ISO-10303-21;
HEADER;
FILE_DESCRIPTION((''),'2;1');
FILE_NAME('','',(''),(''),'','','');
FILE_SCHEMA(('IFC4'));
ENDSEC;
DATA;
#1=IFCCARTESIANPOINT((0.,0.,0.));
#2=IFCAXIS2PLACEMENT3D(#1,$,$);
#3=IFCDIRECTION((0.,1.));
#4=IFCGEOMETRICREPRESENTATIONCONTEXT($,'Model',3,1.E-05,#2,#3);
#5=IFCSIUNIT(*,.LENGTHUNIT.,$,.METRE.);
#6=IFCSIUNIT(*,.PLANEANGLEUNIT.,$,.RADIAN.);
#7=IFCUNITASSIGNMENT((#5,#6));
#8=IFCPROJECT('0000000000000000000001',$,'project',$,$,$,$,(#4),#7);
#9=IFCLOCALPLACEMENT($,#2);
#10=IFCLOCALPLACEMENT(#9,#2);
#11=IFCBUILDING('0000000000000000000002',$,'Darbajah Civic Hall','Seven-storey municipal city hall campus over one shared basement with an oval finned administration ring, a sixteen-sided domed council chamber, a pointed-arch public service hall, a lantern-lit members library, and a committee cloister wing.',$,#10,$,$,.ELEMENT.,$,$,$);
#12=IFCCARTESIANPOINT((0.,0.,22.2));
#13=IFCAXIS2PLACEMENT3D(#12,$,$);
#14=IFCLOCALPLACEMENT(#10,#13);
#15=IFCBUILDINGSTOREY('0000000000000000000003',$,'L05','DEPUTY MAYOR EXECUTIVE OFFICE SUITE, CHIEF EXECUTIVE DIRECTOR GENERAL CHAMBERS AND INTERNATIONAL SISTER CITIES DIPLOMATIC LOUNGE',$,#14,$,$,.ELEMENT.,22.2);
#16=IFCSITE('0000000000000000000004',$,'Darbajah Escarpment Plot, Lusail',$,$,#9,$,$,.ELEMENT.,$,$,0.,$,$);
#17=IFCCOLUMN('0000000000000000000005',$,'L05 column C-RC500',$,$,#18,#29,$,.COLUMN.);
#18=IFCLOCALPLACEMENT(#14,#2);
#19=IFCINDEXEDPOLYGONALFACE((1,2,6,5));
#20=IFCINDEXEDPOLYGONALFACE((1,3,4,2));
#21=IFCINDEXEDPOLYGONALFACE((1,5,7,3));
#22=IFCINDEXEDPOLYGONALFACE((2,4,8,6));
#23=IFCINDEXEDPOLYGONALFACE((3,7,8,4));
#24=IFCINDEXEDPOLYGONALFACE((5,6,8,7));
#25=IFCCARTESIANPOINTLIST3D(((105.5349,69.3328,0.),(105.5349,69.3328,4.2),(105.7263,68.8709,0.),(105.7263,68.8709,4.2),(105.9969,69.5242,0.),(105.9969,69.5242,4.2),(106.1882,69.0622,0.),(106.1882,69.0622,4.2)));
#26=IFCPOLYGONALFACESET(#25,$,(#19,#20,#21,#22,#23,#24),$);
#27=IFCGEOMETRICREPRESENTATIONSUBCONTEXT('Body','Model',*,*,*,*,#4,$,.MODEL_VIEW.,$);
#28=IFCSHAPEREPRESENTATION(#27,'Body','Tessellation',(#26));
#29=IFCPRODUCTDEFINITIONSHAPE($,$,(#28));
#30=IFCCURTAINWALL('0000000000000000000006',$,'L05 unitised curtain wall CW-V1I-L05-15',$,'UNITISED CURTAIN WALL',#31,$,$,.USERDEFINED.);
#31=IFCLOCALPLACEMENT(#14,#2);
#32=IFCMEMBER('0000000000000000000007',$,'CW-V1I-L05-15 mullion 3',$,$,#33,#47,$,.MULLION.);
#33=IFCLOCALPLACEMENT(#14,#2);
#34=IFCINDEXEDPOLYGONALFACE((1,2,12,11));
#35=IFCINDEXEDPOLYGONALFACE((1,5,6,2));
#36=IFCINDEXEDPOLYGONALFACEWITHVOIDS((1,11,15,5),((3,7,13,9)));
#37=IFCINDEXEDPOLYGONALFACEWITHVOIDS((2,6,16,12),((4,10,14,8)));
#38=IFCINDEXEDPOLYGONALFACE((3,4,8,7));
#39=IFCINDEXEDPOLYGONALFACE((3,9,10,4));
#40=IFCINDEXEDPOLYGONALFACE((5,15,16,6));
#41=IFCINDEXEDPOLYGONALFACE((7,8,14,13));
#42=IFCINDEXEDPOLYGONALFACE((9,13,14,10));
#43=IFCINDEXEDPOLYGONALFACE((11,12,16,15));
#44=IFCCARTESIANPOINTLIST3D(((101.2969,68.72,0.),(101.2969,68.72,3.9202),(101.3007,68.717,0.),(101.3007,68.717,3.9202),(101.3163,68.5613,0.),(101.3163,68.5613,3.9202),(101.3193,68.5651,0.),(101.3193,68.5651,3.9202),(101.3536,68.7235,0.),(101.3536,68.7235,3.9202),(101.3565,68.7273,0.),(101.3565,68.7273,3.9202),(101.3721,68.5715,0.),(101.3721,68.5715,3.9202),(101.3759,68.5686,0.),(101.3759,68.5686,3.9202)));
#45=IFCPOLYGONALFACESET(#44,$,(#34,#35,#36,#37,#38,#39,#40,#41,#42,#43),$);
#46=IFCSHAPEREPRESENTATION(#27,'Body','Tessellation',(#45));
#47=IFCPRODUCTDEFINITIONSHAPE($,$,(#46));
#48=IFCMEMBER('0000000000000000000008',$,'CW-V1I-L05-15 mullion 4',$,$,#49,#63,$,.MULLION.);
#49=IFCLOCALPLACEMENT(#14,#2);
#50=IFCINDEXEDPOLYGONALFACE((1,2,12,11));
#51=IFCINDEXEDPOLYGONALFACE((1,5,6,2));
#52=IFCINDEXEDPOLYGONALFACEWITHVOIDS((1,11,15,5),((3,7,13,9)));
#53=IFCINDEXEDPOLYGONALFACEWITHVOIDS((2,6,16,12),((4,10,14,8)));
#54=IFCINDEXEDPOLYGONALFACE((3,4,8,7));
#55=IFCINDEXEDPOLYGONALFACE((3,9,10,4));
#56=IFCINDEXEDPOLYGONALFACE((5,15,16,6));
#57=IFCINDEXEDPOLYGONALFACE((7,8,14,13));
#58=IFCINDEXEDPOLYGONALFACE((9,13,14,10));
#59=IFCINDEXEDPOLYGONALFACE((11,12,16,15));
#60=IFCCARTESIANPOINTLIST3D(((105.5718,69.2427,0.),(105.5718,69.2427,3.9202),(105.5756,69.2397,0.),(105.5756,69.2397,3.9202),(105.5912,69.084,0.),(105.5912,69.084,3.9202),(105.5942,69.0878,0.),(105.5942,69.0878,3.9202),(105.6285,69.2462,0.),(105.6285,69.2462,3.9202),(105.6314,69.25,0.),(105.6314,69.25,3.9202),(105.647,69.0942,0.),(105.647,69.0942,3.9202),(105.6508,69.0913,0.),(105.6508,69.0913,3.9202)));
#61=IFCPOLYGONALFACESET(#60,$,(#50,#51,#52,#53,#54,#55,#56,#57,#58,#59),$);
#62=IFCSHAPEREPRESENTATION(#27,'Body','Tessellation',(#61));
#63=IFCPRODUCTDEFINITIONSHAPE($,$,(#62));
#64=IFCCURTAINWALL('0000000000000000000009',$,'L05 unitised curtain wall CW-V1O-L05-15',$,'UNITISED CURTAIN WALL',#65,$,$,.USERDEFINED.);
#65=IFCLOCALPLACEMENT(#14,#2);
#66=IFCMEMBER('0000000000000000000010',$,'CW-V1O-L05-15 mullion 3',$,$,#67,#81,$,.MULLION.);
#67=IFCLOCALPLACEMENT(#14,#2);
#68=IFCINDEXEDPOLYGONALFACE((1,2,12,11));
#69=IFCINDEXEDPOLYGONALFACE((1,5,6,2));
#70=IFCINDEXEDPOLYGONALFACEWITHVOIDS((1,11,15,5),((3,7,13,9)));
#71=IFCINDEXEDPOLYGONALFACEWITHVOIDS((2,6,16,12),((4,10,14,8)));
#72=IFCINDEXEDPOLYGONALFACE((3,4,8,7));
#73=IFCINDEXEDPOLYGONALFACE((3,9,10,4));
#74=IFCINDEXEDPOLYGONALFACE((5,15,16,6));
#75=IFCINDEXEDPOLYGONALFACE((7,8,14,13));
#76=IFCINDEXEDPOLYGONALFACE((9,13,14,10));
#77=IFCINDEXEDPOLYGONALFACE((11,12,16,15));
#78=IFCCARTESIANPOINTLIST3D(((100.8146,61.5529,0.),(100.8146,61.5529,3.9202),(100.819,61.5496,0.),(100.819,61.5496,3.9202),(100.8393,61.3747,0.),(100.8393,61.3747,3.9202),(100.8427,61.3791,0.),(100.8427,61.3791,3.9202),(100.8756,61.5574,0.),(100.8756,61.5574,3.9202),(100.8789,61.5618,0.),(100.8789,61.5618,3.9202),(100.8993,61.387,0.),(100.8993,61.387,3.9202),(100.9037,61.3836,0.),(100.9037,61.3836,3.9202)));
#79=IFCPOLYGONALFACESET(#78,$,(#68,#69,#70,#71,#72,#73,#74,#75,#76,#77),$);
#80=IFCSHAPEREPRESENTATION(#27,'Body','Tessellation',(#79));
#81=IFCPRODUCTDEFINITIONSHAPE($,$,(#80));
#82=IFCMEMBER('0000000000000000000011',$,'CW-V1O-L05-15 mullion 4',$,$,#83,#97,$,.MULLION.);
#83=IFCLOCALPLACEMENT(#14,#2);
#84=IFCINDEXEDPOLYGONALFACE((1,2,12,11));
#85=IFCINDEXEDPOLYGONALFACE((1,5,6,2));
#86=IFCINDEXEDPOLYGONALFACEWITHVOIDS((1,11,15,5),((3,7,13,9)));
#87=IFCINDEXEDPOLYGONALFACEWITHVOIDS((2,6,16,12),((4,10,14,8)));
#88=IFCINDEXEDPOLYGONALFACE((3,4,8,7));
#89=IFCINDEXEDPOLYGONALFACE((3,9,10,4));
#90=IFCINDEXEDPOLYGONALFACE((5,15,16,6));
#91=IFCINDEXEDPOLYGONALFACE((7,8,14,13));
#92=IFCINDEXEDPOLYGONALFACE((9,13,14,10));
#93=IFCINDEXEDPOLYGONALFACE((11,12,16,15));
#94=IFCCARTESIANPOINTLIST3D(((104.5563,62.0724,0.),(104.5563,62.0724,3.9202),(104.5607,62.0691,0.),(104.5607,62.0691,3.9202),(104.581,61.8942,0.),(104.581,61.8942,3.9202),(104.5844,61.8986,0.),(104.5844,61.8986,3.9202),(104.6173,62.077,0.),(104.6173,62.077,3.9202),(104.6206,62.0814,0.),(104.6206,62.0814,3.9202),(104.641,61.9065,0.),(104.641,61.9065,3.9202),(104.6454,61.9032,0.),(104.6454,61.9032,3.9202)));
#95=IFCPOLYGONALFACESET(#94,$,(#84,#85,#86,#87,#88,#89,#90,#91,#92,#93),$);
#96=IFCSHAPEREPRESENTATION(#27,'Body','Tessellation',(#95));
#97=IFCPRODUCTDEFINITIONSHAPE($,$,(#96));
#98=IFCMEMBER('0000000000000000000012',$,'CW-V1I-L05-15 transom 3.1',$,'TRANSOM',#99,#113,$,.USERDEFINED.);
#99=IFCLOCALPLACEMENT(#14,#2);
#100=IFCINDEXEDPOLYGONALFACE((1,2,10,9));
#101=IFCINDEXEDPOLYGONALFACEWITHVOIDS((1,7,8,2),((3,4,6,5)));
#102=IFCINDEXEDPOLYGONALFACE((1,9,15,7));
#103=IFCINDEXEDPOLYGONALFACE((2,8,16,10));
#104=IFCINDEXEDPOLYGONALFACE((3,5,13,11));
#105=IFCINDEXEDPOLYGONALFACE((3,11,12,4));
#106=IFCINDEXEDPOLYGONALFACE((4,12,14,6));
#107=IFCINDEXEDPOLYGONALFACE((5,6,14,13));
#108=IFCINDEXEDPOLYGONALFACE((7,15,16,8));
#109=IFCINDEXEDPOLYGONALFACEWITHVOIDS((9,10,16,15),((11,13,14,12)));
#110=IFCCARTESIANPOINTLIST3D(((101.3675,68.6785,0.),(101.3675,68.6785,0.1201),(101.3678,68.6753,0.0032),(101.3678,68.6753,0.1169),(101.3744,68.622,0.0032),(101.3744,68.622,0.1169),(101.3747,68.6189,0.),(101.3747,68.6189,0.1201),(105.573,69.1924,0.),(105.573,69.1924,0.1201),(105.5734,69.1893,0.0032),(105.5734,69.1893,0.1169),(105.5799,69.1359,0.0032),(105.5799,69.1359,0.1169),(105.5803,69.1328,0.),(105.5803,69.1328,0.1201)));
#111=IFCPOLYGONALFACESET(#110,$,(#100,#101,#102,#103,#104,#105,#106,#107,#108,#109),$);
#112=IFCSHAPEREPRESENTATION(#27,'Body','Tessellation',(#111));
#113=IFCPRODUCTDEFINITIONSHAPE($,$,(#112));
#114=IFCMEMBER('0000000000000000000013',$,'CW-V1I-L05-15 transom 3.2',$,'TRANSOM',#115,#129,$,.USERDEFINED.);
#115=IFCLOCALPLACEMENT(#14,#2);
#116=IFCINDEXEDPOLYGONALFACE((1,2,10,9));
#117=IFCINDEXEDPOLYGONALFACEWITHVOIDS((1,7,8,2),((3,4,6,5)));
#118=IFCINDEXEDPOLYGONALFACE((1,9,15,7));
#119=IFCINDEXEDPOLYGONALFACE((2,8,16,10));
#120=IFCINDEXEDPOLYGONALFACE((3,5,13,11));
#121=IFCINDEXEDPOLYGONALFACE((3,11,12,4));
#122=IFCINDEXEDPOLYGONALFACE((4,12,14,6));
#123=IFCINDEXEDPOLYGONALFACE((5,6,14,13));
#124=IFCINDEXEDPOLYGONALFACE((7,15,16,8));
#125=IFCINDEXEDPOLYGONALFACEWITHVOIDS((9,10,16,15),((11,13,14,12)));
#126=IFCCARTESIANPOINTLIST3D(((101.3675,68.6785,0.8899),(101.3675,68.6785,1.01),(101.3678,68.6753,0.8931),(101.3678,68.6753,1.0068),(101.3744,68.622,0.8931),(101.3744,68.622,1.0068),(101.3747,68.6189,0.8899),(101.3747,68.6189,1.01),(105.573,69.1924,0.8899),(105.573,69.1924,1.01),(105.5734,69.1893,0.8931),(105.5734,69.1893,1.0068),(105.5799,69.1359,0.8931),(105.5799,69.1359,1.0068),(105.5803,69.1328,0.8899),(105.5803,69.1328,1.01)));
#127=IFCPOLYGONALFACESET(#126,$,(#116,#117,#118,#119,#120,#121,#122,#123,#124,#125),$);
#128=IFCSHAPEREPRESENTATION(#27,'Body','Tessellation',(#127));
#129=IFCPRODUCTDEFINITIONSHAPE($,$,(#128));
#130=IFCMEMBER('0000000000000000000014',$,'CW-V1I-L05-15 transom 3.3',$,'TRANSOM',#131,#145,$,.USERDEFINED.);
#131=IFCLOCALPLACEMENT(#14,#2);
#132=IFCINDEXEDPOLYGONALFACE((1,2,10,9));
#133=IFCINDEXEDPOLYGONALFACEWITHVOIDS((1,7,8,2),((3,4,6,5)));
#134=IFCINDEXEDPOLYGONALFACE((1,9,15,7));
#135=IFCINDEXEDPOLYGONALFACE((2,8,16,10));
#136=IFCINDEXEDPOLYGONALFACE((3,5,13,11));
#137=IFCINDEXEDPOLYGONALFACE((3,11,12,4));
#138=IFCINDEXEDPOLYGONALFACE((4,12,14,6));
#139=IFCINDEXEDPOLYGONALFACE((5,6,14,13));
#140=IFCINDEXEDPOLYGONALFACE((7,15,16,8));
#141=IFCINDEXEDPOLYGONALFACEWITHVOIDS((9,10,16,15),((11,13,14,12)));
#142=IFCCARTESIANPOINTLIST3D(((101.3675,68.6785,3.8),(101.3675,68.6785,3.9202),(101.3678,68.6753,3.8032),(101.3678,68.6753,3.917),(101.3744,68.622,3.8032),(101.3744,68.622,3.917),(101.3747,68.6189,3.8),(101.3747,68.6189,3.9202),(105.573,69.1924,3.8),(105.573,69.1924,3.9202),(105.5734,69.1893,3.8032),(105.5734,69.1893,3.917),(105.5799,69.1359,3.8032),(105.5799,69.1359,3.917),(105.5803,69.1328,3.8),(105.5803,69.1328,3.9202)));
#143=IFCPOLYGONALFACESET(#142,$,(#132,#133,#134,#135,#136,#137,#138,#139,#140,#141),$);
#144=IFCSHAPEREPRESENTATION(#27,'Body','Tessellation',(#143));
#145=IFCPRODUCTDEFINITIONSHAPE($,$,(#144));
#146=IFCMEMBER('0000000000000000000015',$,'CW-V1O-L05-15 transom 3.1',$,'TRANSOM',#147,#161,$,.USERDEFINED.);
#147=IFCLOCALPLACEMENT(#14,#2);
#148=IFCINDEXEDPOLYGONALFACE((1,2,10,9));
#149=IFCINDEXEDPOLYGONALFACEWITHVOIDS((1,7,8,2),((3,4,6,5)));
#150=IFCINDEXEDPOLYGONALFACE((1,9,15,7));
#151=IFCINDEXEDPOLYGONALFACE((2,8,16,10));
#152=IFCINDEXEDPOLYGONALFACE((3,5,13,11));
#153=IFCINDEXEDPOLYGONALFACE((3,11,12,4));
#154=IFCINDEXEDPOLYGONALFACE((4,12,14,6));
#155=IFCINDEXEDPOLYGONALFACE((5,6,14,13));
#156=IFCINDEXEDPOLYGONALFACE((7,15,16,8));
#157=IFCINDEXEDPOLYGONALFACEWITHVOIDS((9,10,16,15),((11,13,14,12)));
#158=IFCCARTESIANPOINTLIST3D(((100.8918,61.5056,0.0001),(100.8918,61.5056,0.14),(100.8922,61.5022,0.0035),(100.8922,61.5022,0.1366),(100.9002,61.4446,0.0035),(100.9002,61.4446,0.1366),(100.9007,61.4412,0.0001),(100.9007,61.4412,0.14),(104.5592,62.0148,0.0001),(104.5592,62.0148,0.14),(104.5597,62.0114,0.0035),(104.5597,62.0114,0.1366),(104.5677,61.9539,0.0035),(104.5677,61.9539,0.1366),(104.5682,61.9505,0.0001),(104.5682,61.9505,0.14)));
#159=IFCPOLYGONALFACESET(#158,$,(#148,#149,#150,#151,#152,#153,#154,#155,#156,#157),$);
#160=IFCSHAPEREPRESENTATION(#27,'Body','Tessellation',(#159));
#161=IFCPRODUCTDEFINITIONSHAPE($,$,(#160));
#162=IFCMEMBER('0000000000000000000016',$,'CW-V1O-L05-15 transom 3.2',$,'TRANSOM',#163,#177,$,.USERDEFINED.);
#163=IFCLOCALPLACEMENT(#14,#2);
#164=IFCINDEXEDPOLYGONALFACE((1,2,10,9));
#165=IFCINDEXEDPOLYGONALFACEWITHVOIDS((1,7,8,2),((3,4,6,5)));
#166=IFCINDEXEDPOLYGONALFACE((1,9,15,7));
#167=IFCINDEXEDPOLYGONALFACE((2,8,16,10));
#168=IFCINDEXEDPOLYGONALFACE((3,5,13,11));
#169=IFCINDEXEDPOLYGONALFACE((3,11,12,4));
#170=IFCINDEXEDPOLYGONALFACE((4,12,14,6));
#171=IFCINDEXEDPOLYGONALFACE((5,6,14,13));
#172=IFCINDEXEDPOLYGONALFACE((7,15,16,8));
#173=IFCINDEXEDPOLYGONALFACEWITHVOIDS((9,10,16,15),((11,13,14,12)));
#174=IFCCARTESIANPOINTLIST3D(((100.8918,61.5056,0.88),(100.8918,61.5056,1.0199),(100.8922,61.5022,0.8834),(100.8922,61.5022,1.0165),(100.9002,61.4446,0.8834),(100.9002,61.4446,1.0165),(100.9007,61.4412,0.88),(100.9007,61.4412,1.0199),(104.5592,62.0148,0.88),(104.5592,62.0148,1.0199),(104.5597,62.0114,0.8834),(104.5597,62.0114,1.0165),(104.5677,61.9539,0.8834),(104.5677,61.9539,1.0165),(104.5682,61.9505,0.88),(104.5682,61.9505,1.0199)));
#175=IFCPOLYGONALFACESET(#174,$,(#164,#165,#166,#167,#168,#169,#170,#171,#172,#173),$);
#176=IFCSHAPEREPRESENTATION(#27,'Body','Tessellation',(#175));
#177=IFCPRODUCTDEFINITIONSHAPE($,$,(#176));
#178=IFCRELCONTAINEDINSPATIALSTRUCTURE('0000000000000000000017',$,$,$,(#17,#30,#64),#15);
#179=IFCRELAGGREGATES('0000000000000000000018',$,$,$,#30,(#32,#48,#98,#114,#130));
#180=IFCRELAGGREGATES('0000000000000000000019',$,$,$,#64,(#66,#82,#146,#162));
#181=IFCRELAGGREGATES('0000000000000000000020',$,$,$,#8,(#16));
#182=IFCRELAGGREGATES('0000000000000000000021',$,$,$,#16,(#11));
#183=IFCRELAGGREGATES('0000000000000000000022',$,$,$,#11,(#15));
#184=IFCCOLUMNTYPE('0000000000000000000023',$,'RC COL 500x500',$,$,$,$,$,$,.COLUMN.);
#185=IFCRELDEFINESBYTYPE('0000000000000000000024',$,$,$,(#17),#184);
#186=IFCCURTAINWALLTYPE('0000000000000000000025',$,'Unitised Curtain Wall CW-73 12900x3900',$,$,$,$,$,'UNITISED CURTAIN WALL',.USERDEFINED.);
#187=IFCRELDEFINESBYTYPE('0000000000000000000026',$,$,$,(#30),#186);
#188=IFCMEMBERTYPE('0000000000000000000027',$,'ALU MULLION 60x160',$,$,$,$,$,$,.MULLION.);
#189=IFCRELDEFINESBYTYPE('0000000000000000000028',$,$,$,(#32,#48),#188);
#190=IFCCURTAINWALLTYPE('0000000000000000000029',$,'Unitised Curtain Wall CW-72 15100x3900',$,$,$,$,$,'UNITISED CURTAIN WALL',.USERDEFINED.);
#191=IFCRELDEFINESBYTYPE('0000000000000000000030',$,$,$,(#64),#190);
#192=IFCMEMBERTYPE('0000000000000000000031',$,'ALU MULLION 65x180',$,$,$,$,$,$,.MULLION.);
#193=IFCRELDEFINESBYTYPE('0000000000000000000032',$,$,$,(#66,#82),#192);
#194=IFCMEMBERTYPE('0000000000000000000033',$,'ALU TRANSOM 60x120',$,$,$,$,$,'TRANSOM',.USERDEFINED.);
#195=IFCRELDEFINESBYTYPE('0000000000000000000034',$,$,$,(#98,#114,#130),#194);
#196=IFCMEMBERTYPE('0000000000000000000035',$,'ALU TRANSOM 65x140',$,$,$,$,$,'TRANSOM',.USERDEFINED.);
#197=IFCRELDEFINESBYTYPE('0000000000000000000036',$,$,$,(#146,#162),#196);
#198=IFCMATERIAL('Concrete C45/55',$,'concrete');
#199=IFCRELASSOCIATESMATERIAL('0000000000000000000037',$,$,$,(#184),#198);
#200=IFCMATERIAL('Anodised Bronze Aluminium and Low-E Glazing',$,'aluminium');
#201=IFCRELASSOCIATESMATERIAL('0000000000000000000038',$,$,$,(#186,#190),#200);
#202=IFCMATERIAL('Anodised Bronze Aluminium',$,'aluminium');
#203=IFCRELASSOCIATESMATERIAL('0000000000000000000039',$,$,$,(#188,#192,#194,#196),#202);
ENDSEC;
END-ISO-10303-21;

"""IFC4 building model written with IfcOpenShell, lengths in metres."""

from ifc_helpers import new_model, si_unit, direction, frame, origin, origin_2d, place, context, subcontext, project, spatial, rectangle, hollow_rectangle, extrude, material, material_profile, profile_set, type_object, element, aggregate, save


model = new_model("IFC4")

# Units and contexts
model_context = context("Model", 3, precision=1e-05, world=origin(), true_north=direction((0.0, 1.0)))
body_context = subcontext(model_context, "Body", "Model", "MODEL_VIEW")
ifc_project = project(units=[si_unit("LENGTHUNIT", "METRE"), si_unit("PLANEANGLEUNIT", "RADIAN")], contexts=[model_context])

# Site, building, storey
site_placement = place(None, origin())
site = spatial("IfcSite", under=ifc_project, at=site_placement, Name="Darbajah Escarpment Plot, Lusail", CompositionType="ELEMENT", RefElevation=0.0)
building_placement = place(site_placement, origin())
building = spatial("IfcBuilding", under=site, at=building_placement, Name="Darbajah Civic Hall", Description="Seven-storey municipal city hall campus over one shared basement with an oval finned administration ring, a sixteen-sided domed council chamber, a pointed-arch public service hall, a lantern-lit members library, and a committee cloister wing.", CompositionType="ELEMENT")
storey_placement = place(building_placement, frame((0.0, 0.0, 22.2)))
storey = spatial("IfcBuildingStorey", under=building, at=storey_placement, Name="L05", Description="DEPUTY MAYOR EXECUTIVE OFFICE SUITE, CHIEF EXECUTIVE DIRECTOR GENERAL CHAMBERS AND INTERNATIONAL SISTER CITIES DIPLOMATIC LOUNGE", CompositionType="ELEMENT", Elevation=22.2)

# Column
ifc_material_1 = material(Name="Concrete C45/55", Category="concrete")
ifc_material_profile_1 = material_profile(ifc_material_1, rectangle(XDim=0.5, YDim=0.5, at=origin_2d()), Name="RC COL 500x500")
ifc_profile_set_1 = profile_set([ifc_material_profile_1], Name="Concrete C45/55")
column_type = type_object("IfcColumnType", Name="RC COL 500x500", PredefinedType="COLUMN", material=ifc_profile_set_1)
column_placement = place(storey_placement, frame((105.8616, 69.1975, 0.0), z_axis=(0.0, 0.0, 1.0), x_axis=(0.382683, -0.92388, 0.0)))
element("IfcColumn", 1, at=column_placement, inside=storey, type_object=column_type, Name="L05 column C-RC500", PredefinedType="COLUMN", context=body_context, shape_type="SweptSolid", body=[
    extrude(rectangle(XDim=0.5, YDim=0.5, at=origin_2d()), origin(), (0.0, 0.0, 1.0), 4.2),
])

# Curtain walls, members
ifc_material_2 = material(Name="Anodised Bronze Aluminium and Low-E Glazing", Category="aluminium")
curtain_wall_type_1 = type_object("IfcCurtainWallType", Name="Unitised Curtain Wall CW-73 12900x3900", ElementType="UNITISED CURTAIN WALL", PredefinedType="USERDEFINED", material=ifc_material_2)
curtain_wall_1_placement = place(storey_placement, origin())
curtain_wall_1 = element("IfcCurtainWall", 2, at=curtain_wall_1_placement, inside=storey, type_object=curtain_wall_type_1, Name="L05 unitised curtain wall CW-V1I-L05-15", ObjectType="UNITISED CURTAIN WALL", PredefinedType="USERDEFINED")
ifc_material_3 = material(Name="Anodised Bronze Aluminium", Category="aluminium")
ifc_material_profile_2 = material_profile(ifc_material_3, hollow_rectangle(XDim=0.0601, YDim=0.1599, WallThickness=0.0034, at=origin_2d()), Name="ALU MULLION 60x160")
ifc_profile_set_2 = profile_set([ifc_material_profile_2], Name="Anodised Bronze Aluminium")
member_type_1 = type_object("IfcMemberType", Name="ALU MULLION 60x160", PredefinedType="MULLION", material=ifc_profile_set_2)
member_1_placement = place(storey_placement, frame((101.3364, 68.6443, 0.0), z_axis=(0.0, 0.0, 1.0), x_axis=(0.99261, 0.12135, 0.0)))
member_1 = element("IfcMember", 3, at=member_1_placement, type_object=member_type_1, Name="CW-V1I-L05-15 mullion 3", PredefinedType="MULLION", context=body_context, shape_type="SweptSolid", body=[
    extrude(hollow_rectangle(XDim=0.0601, YDim=0.1599, WallThickness=0.0034, at=origin_2d()), origin(), (0.0, 0.0, 1.0), 3.9202),
])
member_2_placement = place(storey_placement, frame((105.6113, 69.167, 0.0), z_axis=(0.0, 0.0, 1.0), x_axis=(0.99261, 0.12135, 0.0)))
member_2 = element("IfcMember", 4, at=member_2_placement, type_object=member_type_1, Name="CW-V1I-L05-15 mullion 4", PredefinedType="MULLION", context=body_context, shape_type="SweptSolid", body=[
    extrude(hollow_rectangle(XDim=0.0601, YDim=0.1599, WallThickness=0.0034, at=origin_2d()), origin(), (0.0, 0.0, 1.0), 3.9202),
])
curtain_wall_type_2 = type_object("IfcCurtainWallType", Name="Unitised Curtain Wall CW-72 15100x3900", ElementType="UNITISED CURTAIN WALL", PredefinedType="USERDEFINED", material=ifc_material_2)
curtain_wall_2_placement = place(storey_placement, origin())
curtain_wall_2 = element("IfcCurtainWall", 5, at=curtain_wall_2_placement, inside=storey, type_object=curtain_wall_type_2, Name="L05 unitised curtain wall CW-V1O-L05-15", ObjectType="UNITISED CURTAIN WALL", PredefinedType="USERDEFINED")
ifc_material_profile_3 = material_profile(ifc_material_3, hollow_rectangle(XDim=0.0649, YDim=0.1799, WallThickness=0.0039, at=origin_2d()), Name="ALU MULLION 65x180")
ifc_profile_set_3 = profile_set([ifc_material_profile_3], Name="Anodised Bronze Aluminium")
member_type_2 = type_object("IfcMemberType", Name="ALU MULLION 65x180", PredefinedType="MULLION", material=ifc_profile_set_3)
member_3_placement = place(storey_placement, frame((100.8591, 61.4683, 0.0), z_axis=(0.0, 0.0, 1.0), x_axis=(0.990485, 0.137617, 0.0)))
member_3 = element("IfcMember", 6, at=member_3_placement, type_object=member_type_2, Name="CW-V1O-L05-15 mullion 3", PredefinedType="MULLION", context=body_context, shape_type="SweptSolid", body=[
    extrude(hollow_rectangle(XDim=0.0649, YDim=0.1799, WallThickness=0.0039, at=origin_2d()), origin(), (0.0, 0.0, 1.0), 3.9202),
])
member_4_placement = place(storey_placement, frame((104.6008, 61.9878, 0.0), z_axis=(0.0, 0.0, 1.0), x_axis=(0.990485, 0.137617, 0.0)))
member_4 = element("IfcMember", 7, at=member_4_placement, type_object=member_type_2, Name="CW-V1O-L05-15 mullion 4", PredefinedType="MULLION", context=body_context, shape_type="SweptSolid", body=[
    extrude(hollow_rectangle(XDim=0.0649, YDim=0.1799, WallThickness=0.0039, at=origin_2d()), origin(), (0.0, 0.0, 1.0), 3.9202),
])

# Members
ifc_material_profile_4 = material_profile(ifc_material_3, hollow_rectangle(XDim=0.0601, YDim=0.1201, WallThickness=0.0032, at=origin_2d()), Name="ALU TRANSOM 60x120")
ifc_profile_set_4 = profile_set([ifc_material_profile_4], Name="Anodised Bronze Aluminium")
member_type_3 = type_object("IfcMemberType", Name="ALU TRANSOM 60x120", ElementType="TRANSOM", PredefinedType="USERDEFINED", material=ifc_profile_set_4)
member_5_placement = place(storey_placement, frame((101.3711, 68.6487, 0.0601), z_axis=(0.992616, 0.121297, 0.0), x_axis=(-0.121297, 0.992616, 0.0)))
member_5 = element("IfcMember", 8, at=member_5_placement, type_object=member_type_3, Name="CW-V1I-L05-15 transom 3.1", ObjectType="TRANSOM", PredefinedType="USERDEFINED", context=body_context, shape_type="SweptSolid", body=[
    extrude(hollow_rectangle(XDim=0.0601, YDim=0.1201, WallThickness=0.0032, at=origin_2d()), origin(), (0.0, 0.0, 1.0), 4.2368),
])
member_6_placement = place(storey_placement, frame((101.3711, 68.6487, 0.95), z_axis=(0.992616, 0.121297, 0.0), x_axis=(-0.121297, 0.992616, 0.0)))
member_6 = element("IfcMember", 9, at=member_6_placement, type_object=member_type_3, Name="CW-V1I-L05-15 transom 3.2", ObjectType="TRANSOM", PredefinedType="USERDEFINED", context=body_context, shape_type="SweptSolid", body=[
    extrude(hollow_rectangle(XDim=0.0601, YDim=0.1201, WallThickness=0.0032, at=origin_2d()), origin(), (0.0, 0.0, 1.0), 4.2368),
])
member_7_placement = place(storey_placement, frame((101.3711, 68.6487, 3.8601), z_axis=(0.992616, 0.121297, 0.0), x_axis=(-0.121297, 0.992616, 0.0)))
member_7 = element("IfcMember", 10, at=member_7_placement, type_object=member_type_3, Name="CW-V1I-L05-15 transom 3.3", ObjectType="TRANSOM", PredefinedType="USERDEFINED", context=body_context, shape_type="SweptSolid", body=[
    extrude(hollow_rectangle(XDim=0.0601, YDim=0.1201, WallThickness=0.0032, at=origin_2d()), origin(), (0.0, 0.0, 1.0), 4.2368),
])
ifc_material_profile_5 = material_profile(ifc_material_3, hollow_rectangle(XDim=0.0649, YDim=0.1399, WallThickness=0.0034, at=origin_2d()), Name="ALU TRANSOM 65x140")
ifc_profile_set_5 = profile_set([ifc_material_profile_5], Name="Anodised Bronze Aluminium")
member_type_4 = type_object("IfcMemberType", Name="ALU TRANSOM 65x140", ElementType="TRANSOM", PredefinedType="USERDEFINED", material=ifc_profile_set_5)
member_8_placement = place(storey_placement, frame((100.8962, 61.4734, 0.0701), z_axis=(0.990496, 0.137543, 0.0), x_axis=(-0.137543, 0.990496, 0.0)))
member_8 = element("IfcMember", 11, at=member_8_placement, type_object=member_type_4, Name="CW-V1O-L05-15 transom 3.1", ObjectType="TRANSOM", PredefinedType="USERDEFINED", context=body_context, shape_type="SweptSolid", body=[
    extrude(hollow_rectangle(XDim=0.0649, YDim=0.1399, WallThickness=0.0034, at=origin_2d()), origin(), (0.0, 0.0, 1.0), 3.7026),
])
member_9_placement = place(storey_placement, frame((100.8962, 61.4734, 0.95), z_axis=(0.990496, 0.137543, 0.0), x_axis=(-0.137543, 0.990496, 0.0)))
member_9 = element("IfcMember", 12, at=member_9_placement, type_object=member_type_4, Name="CW-V1O-L05-15 transom 3.2", ObjectType="TRANSOM", PredefinedType="USERDEFINED", context=body_context, shape_type="SweptSolid", body=[
    extrude(hollow_rectangle(XDim=0.0649, YDim=0.1399, WallThickness=0.0034, at=origin_2d()), origin(), (0.0, 0.0, 1.0), 3.7026),
])

aggregate(curtain_wall_1, [member_1, member_2, member_5, member_6, member_7])
aggregate(curtain_wall_2, [member_3, member_4, member_8, member_9])

save(model, "model.ifc")
